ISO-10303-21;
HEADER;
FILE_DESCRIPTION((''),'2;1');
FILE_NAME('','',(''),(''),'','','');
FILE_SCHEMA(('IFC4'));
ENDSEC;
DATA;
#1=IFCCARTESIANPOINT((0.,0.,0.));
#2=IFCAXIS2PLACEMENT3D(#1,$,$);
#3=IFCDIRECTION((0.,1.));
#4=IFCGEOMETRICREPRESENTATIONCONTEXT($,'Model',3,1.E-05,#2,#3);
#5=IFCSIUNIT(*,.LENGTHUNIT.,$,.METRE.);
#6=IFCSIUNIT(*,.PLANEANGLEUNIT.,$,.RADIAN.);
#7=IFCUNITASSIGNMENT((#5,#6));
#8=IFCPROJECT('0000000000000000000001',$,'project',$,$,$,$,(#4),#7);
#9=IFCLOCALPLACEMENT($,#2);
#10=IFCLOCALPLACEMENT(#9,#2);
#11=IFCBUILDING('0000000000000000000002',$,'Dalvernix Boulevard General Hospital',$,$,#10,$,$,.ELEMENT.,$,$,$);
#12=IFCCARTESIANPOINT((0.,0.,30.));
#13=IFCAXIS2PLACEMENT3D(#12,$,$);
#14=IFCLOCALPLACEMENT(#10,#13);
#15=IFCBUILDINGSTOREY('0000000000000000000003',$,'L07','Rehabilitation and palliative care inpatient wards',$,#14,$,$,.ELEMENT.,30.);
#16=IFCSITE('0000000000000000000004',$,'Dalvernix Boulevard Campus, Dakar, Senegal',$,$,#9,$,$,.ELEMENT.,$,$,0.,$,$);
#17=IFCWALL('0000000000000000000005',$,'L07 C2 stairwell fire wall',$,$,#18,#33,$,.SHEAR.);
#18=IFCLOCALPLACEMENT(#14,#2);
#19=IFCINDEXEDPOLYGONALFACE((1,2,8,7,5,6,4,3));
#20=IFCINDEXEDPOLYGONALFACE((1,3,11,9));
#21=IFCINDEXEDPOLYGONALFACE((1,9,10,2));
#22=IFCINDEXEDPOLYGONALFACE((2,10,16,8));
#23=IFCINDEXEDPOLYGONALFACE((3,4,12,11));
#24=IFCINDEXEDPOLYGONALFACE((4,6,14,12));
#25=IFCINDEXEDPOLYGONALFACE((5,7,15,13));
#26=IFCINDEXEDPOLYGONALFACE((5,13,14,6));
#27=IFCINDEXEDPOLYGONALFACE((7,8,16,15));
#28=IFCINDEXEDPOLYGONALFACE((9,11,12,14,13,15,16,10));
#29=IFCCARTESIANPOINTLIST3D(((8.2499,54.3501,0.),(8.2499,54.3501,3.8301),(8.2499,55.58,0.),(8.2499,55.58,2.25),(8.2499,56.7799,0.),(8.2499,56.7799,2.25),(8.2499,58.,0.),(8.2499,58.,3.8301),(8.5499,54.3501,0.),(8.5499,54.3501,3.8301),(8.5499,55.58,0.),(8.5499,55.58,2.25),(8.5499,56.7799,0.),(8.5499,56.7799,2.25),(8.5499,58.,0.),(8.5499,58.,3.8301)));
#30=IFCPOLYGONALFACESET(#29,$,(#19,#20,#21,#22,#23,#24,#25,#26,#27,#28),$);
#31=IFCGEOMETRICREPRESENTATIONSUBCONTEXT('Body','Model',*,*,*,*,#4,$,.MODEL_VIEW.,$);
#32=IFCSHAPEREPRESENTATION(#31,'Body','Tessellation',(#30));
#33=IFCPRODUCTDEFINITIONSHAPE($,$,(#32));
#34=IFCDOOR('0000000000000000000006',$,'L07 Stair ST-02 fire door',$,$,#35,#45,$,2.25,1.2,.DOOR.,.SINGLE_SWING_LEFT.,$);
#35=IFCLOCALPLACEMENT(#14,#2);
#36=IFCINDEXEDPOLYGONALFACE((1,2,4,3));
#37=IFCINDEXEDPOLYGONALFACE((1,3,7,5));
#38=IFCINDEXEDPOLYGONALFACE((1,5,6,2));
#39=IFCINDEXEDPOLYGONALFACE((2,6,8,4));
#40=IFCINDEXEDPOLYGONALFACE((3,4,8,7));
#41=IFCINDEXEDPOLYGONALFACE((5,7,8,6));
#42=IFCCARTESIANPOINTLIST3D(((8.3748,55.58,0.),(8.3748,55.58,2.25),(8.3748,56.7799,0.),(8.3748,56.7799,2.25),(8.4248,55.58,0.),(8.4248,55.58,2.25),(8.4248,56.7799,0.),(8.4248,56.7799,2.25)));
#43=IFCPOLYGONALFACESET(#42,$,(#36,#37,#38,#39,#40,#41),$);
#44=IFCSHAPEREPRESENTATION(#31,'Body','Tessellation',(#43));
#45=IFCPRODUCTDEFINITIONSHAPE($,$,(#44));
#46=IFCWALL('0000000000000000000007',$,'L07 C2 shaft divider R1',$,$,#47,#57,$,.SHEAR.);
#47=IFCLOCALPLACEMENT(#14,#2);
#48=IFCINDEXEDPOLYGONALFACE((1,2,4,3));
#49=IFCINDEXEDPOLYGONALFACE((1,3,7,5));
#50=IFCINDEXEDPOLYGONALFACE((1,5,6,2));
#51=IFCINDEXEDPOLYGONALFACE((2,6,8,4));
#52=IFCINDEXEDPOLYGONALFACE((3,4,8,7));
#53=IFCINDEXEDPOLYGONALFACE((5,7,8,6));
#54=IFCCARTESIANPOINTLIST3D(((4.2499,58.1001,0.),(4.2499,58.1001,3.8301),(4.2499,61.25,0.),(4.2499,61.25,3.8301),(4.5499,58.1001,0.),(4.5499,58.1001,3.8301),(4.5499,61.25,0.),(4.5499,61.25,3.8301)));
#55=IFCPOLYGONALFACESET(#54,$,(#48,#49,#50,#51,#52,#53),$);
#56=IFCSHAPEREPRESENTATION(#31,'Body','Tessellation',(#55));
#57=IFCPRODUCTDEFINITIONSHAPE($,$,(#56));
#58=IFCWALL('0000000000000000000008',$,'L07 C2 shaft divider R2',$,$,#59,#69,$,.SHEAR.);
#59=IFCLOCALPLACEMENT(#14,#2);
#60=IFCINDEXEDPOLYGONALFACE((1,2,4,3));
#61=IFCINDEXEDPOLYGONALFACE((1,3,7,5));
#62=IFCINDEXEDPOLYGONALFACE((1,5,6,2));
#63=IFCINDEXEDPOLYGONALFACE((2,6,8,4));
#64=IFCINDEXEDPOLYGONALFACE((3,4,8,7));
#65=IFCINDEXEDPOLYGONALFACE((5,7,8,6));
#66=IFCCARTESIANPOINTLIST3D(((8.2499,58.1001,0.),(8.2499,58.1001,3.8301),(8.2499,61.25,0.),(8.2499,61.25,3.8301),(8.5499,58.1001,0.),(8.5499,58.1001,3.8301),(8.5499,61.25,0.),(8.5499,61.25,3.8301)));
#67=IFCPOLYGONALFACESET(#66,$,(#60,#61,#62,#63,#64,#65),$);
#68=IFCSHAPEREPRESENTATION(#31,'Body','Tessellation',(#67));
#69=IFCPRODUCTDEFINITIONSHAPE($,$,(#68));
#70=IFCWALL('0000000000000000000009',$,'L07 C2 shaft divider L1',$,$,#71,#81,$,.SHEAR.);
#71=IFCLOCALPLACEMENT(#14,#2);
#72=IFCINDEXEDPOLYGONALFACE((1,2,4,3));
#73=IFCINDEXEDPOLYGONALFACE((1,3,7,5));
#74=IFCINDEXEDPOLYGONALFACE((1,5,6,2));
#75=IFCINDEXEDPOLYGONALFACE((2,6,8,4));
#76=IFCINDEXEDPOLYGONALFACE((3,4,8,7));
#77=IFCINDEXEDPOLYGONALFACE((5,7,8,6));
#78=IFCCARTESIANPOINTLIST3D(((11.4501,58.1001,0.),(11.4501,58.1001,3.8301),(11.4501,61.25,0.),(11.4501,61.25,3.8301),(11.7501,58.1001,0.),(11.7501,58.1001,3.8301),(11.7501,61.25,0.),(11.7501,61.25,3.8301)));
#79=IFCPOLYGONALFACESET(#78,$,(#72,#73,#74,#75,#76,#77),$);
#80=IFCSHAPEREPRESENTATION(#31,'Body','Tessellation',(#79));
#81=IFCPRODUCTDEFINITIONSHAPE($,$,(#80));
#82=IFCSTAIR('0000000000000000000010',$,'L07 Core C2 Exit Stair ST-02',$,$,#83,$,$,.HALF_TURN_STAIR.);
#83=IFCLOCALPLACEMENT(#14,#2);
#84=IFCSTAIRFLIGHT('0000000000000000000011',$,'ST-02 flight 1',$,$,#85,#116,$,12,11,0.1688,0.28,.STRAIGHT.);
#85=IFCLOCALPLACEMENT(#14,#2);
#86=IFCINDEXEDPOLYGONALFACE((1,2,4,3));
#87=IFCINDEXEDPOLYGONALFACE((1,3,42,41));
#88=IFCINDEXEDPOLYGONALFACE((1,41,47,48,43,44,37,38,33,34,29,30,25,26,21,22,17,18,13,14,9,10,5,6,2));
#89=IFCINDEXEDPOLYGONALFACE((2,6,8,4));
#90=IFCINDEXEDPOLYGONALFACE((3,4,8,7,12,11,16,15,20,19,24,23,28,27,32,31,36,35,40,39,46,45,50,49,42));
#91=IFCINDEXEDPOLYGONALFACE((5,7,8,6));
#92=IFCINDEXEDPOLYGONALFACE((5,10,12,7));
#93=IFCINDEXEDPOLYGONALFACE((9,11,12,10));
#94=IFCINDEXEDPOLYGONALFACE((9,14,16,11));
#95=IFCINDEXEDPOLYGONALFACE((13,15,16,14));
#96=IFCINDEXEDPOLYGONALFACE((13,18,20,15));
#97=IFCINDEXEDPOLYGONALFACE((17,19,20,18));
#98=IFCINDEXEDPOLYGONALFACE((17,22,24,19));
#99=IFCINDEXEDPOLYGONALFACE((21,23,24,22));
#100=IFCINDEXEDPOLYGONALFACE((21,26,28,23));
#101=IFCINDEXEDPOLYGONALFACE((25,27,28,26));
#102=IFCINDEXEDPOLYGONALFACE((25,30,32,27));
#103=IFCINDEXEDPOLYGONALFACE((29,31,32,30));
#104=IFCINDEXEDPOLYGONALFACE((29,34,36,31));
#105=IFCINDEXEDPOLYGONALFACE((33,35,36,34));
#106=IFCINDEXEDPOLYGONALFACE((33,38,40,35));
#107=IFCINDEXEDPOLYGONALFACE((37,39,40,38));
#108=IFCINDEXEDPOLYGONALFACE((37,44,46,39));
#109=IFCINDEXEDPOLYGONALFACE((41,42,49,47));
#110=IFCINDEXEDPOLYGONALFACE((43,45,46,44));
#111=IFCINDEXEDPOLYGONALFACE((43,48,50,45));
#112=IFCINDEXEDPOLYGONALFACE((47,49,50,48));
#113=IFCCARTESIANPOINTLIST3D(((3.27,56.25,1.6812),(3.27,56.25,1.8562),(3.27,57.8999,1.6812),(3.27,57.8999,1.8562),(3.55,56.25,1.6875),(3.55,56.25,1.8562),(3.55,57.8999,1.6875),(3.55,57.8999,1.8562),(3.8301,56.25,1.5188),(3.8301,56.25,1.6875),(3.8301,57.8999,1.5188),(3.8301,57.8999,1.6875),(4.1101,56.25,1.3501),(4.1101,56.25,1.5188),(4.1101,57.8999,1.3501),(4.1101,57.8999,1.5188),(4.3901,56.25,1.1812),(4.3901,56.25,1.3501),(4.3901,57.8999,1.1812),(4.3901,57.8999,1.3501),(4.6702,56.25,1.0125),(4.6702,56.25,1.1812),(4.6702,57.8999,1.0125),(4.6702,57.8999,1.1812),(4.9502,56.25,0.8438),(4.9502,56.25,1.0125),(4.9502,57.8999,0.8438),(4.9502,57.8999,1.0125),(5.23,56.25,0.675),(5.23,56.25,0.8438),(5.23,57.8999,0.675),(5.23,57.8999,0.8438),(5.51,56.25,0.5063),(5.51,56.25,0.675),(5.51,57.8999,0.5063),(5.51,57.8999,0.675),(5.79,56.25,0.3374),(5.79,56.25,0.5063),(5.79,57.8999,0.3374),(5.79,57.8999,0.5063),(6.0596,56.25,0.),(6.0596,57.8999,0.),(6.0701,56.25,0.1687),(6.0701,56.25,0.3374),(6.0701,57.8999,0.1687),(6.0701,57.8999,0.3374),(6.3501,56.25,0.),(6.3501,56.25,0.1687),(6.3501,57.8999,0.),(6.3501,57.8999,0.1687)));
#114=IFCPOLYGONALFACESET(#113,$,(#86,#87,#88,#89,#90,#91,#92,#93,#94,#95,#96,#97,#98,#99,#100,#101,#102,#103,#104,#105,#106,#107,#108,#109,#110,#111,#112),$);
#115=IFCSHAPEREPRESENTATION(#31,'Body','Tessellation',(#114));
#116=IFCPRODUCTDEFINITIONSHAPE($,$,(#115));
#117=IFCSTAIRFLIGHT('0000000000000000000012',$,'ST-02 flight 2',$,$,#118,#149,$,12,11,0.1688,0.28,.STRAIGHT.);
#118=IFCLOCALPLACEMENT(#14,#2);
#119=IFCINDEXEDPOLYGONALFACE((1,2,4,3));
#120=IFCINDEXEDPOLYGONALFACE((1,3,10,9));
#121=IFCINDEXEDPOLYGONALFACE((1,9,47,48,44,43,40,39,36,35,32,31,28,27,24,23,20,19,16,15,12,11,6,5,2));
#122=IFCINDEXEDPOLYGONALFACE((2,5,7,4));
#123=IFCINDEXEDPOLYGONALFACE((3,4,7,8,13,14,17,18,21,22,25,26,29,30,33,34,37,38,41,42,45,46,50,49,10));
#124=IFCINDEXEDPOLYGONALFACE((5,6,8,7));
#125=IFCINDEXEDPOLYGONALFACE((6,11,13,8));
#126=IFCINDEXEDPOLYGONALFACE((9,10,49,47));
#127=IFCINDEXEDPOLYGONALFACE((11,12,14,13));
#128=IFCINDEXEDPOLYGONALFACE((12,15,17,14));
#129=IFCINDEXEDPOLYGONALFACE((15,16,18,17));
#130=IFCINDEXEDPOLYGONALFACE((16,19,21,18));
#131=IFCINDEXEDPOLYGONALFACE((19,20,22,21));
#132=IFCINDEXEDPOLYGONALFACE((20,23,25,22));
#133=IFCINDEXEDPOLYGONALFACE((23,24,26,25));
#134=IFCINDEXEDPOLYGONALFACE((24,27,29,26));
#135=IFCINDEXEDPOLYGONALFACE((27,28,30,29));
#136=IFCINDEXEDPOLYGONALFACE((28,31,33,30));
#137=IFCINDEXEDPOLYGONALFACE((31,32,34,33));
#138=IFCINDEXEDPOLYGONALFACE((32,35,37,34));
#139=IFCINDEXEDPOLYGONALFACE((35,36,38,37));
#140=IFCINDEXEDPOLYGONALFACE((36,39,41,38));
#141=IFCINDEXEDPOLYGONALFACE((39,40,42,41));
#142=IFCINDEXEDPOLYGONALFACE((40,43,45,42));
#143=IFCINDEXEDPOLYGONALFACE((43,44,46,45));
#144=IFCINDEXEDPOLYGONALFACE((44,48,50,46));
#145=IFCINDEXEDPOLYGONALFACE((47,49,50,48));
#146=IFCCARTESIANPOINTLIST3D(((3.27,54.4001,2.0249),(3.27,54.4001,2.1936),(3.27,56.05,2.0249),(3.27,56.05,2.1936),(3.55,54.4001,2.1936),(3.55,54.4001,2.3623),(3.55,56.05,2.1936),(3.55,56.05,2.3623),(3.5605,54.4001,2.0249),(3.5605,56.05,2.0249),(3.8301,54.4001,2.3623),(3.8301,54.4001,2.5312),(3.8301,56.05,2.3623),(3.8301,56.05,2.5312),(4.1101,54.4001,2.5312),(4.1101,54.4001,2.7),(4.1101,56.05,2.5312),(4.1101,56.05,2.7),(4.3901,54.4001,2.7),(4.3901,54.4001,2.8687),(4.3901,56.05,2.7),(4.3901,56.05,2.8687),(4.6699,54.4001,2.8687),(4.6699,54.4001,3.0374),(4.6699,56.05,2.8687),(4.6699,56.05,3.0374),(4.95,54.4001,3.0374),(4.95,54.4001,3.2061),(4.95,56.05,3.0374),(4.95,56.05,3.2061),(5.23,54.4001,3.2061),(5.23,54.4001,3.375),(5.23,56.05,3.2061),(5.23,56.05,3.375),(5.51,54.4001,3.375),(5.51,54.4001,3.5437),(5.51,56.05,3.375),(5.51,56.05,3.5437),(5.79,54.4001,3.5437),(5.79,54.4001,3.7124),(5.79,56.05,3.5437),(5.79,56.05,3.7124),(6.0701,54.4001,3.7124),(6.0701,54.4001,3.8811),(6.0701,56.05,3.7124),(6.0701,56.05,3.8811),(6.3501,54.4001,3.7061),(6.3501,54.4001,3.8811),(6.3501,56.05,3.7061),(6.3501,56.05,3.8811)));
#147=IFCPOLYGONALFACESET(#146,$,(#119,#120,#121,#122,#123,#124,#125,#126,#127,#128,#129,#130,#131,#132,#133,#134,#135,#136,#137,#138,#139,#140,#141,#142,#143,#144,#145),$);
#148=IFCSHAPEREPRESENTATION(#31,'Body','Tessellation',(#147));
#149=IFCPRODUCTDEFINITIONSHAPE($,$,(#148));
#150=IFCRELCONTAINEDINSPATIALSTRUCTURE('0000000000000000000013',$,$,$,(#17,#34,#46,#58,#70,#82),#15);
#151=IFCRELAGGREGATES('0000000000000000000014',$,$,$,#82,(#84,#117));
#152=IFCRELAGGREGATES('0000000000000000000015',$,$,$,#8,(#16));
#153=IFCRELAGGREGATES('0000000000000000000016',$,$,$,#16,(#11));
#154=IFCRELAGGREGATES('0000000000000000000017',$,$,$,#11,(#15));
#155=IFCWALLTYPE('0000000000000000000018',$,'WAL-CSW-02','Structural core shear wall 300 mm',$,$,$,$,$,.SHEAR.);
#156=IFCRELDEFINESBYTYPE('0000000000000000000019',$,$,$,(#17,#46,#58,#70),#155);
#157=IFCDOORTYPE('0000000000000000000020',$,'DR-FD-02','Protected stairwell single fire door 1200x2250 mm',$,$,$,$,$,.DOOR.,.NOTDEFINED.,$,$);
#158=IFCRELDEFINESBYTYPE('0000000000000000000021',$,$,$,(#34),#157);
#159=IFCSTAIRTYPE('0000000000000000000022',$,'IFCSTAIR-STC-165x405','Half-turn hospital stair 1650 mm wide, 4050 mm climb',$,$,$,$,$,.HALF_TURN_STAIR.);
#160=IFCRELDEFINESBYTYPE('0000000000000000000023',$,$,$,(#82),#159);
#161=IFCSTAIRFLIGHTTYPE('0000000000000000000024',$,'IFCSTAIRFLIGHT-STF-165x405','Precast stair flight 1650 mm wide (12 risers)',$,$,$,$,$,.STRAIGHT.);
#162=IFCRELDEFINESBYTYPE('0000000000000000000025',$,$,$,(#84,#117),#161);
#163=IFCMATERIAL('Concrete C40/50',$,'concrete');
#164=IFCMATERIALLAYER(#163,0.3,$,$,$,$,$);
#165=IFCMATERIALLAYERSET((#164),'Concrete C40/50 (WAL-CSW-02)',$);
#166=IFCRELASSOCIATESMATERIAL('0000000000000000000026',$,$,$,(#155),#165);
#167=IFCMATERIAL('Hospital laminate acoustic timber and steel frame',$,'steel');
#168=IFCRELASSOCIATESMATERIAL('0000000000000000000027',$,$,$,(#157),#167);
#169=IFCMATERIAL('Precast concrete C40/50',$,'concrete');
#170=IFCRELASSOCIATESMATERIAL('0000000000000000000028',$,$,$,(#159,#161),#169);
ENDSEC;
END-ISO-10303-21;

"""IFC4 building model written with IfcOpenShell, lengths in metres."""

from ifc_helpers import new_model, si_unit, direction, frame, frame_2d, origin, place, context, subcontext, project, spatial, polyline, rectangle, outline, extrude, material, layer, layer_set, type_object, element, fill, aggregate, save


model = new_model("IFC4")

# Units and contexts
model_context = context("Model", 3, precision=1e-05, world=origin(), true_north=direction((0.0, 1.0)))
body_context = subcontext(model_context, "Body", "Model", "MODEL_VIEW")
ifc_project = project(units=[si_unit("LENGTHUNIT", "METRE"), si_unit("PLANEANGLEUNIT", "RADIAN")], contexts=[model_context])

# Site, building, storey
site_placement = place(None, origin())
site = spatial("IfcSite", under=ifc_project, at=site_placement, Name="Dalvernix Boulevard Campus, Dakar, Senegal", CompositionType="ELEMENT", RefElevation=0.0)
building_placement = place(site_placement, origin())
building = spatial("IfcBuilding", under=site, at=building_placement, Name="Dalvernix Boulevard General Hospital", CompositionType="ELEMENT")
storey_placement = place(building_placement, frame((0.0, 0.0, 30.0)))
storey = spatial("IfcBuildingStorey", under=building, at=storey_placement, Name="L07", Description="Rehabilitation and palliative care inpatient wards", CompositionType="ELEMENT", Elevation=30.0)

# Shared definitions
ifc_material_1 = material(Name="Concrete C40/50", Category="concrete")

# Shared definitions
ifc_material_2 = material(Name="Hospital laminate acoustic timber and steel frame", Category="steel")

# Shared definitions
ifc_layer_1 = layer(ifc_material_1, 0.3)
ifc_layer_set_1 = layer_set([ifc_layer_1], Name="Concrete C40/50 (WAL-CSW-02)")
wall_type_1 = type_object("IfcWallType", Name="WAL-CSW-02", Description="Structural core shear wall 300 mm", PredefinedType="SHEAR", material=ifc_layer_set_1)

# Wall, opening, door
wall_1_placement = place(storey_placement, frame((8.3999, 58.0, 0.0), z_axis=(0.0, 0.0, 1.0), x_axis=(0.0, -1.0, 0.0)))
wall_1 = element("IfcWall", 1, at=wall_1_placement, inside=storey, type_object=wall_type_1, Name="L07 C2 stairwell fire wall", PredefinedType="SHEAR", context=body_context, shape_type="SweptSolid", body=[
    extrude(rectangle(XDim=3.6499, YDim=0.3, at=frame_2d((1.825, 0.0))), origin(), (0.0, 0.0, 1.0), 3.8301),
])
opening_1_placement = place(wall_1_placement, frame((1.22, 0.0, 0.0)))
opening_1 = element("IfcOpeningElement", 2, at=opening_1_placement, cuts=wall_1, PredefinedType="OPENING", context=body_context, shape_type="SweptSolid", body=[
    extrude(rectangle(XDim=1.2, YDim=2.25, at=frame_2d((0.6001, 1.125))), frame((0.0, 0.1599, 0.0), z_axis=(0.0, -1.0, 0.0), x_axis=(1.0, 0.0, 0.0)), (0.0, 0.0, 1.0), 0.3201),
])
door_type_1 = type_object("IfcDoorType", Name="DR-FD-02", Description="Protected stairwell single fire door 1200x2250 mm", OperationType="NOTDEFINED", PredefinedType="DOOR", material=ifc_material_2)
door_1_placement = place(opening_1_placement, origin())
door_1 = element("IfcDoor", 3, at=door_1_placement, inside=storey, type_object=door_type_1, Name="L07 Stair ST-02 fire door", OperationType="SINGLE_SWING_LEFT", OverallHeight=2.25, OverallWidth=1.2, PredefinedType="DOOR", context=body_context, shape_type="SweptSolid", body=[
    extrude(rectangle(XDim=1.2, YDim=2.25, at=frame_2d((0.6001, 1.125))), frame((0.0, 0.0249, 0.0), z_axis=(0.0, -1.0, 0.0), x_axis=(1.0, 0.0, 0.0)), (0.0, 0.0, 1.0), 0.05),
])
fill(opening_1, door_1)

# Walls
for number, where, z_axis, x_axis, name in (
    (4, (4.3999, 58.1001, 0.0), (0.0, 0.0, 1.0), (0.0, 1.0, 0.0), "L07 C2 shaft divider R1"),
    (5, (8.3999, 58.1001, 0.0), (0.0, 0.0, 1.0), (0.0, 1.0, 0.0), "L07 C2 shaft divider R2"),
    (6, (11.6001, 58.1001, 0.0), (0.0, 0.0, 1.0), (0.0, 1.0, 0.0), "L07 C2 shaft divider L1"),
):
    element("IfcWall", number, at=place(storey_placement, frame(where, z_axis=z_axis, x_axis=x_axis)), inside=storey, type_object=wall_type_1, Name=name, PredefinedType="SHEAR", context=body_context, shape_type="SweptSolid", body=[
        extrude(rectangle(XDim=3.1499, YDim=0.3, at=frame_2d((1.575, 0.0))), origin(), (0.0, 0.0, 1.0), 3.8301),
    ])

# Stair, stair flights
ifc_material_3 = material(Name="Precast concrete C40/50", Category="concrete")
stair_type = type_object("IfcStairType", Name="IFCSTAIR-STC-165x405", Description="Half-turn hospital stair 1650 mm wide, 4050 mm climb", PredefinedType="HALF_TURN_STAIR", material=ifc_material_3)
stair_placement = place(storey_placement, origin())
stair = element("IfcStair", 7, at=stair_placement, inside=storey, type_object=stair_type, Name="L07 Core C2 Exit Stair ST-02", PredefinedType="HALF_TURN_STAIR")
stair_flight_type = type_object("IfcStairFlightType", Name="IFCSTAIRFLIGHT-STF-165x405", Description="Precast stair flight 1650 mm wide (12 risers)", PredefinedType="STRAIGHT", material=ifc_material_3)
stair_flight_1_placement = place(storey_placement, frame((6.3501, 57.075, 0.0), z_axis=(0.0, 0.0, 1.0), x_axis=(-1.0, 0.0, 0.0)))
stair_flight_1 = element("IfcStairFlight", 8, at=stair_flight_1_placement, type_object=stair_flight_type, Name="ST-02 flight 1", NumberOfRisers=12, NumberOfTreads=11, PredefinedType="STRAIGHT", RiserHeight=0.1688, TreadLength=0.28, context=body_context, shape_type="SweptSolid", body=[
    extrude(outline(polyline([(0.0, 0.0), (0.0, 0.1687), (0.28, 0.1687), (0.28, 0.3374), (0.5601, 0.3374), (0.5601, 0.5063), (0.8401, 0.5063), (0.8401, 0.675), (1.1201, 0.675), (1.1201, 0.8438), (1.3999, 0.8438), (1.3999, 1.0125), (1.6799, 1.0125), (1.6799, 1.1812), (1.96, 1.1812), (1.96, 1.3501), (2.24, 1.3501), (2.24, 1.5188), (2.52, 1.5188), (2.52, 1.6875), (2.8, 1.6875), (2.8, 1.8562), (3.0801, 1.8562), (3.0801, 2.0249), (3.0801, 1.6812), (0.2905, 0.0), (0.0, 0.0)])), frame((0.0, 0.825, 0.0), z_axis=(0.0, -1.0, 0.0), x_axis=(1.0, 0.0, 0.0)), (0.0, 0.0, 1.0), 1.6499),
])
stair_flight_2_placement = place(storey_placement, frame((3.27, 55.2251, 2.0249), z_axis=(0.0, 0.0, 1.0), x_axis=(1.0, 0.0, 0.0)))
stair_flight_2 = element("IfcStairFlight", 9, at=stair_flight_2_placement, type_object=stair_flight_type, Name="ST-02 flight 2", NumberOfRisers=12, NumberOfTreads=11, PredefinedType="STRAIGHT", RiserHeight=0.1688, TreadLength=0.28, context=body_context, shape_type="SweptSolid", body=[
    extrude(outline(polyline([(0.0, 0.0), (0.0, 0.1687), (0.28, 0.1687), (0.28, 0.3374), (0.5601, 0.3374), (0.5601, 0.5063), (0.8401, 0.5063), (0.8401, 0.675), (1.1201, 0.675), (1.1201, 0.8438), (1.3999, 0.8438), (1.3999, 1.0125), (1.6799, 1.0125), (1.6799, 1.1812), (1.96, 1.1812), (1.96, 1.3501), (2.24, 1.3501), (2.24, 1.5188), (2.52, 1.5188), (2.52, 1.6875), (2.8, 1.6875), (2.8, 1.8562), (3.0801, 1.8562), (3.0801, 2.0249), (3.0801, 1.6812), (0.2905, 0.0), (0.0, 0.0)])), frame((0.0, 0.825, 0.0), z_axis=(0.0, -1.0, 0.0), x_axis=(1.0, 0.0, 0.0)), (0.0, 0.0, 1.0), 1.6499),
])
aggregate(stair, [stair_flight_1, stair_flight_2])

save(model, "model.ifc")
